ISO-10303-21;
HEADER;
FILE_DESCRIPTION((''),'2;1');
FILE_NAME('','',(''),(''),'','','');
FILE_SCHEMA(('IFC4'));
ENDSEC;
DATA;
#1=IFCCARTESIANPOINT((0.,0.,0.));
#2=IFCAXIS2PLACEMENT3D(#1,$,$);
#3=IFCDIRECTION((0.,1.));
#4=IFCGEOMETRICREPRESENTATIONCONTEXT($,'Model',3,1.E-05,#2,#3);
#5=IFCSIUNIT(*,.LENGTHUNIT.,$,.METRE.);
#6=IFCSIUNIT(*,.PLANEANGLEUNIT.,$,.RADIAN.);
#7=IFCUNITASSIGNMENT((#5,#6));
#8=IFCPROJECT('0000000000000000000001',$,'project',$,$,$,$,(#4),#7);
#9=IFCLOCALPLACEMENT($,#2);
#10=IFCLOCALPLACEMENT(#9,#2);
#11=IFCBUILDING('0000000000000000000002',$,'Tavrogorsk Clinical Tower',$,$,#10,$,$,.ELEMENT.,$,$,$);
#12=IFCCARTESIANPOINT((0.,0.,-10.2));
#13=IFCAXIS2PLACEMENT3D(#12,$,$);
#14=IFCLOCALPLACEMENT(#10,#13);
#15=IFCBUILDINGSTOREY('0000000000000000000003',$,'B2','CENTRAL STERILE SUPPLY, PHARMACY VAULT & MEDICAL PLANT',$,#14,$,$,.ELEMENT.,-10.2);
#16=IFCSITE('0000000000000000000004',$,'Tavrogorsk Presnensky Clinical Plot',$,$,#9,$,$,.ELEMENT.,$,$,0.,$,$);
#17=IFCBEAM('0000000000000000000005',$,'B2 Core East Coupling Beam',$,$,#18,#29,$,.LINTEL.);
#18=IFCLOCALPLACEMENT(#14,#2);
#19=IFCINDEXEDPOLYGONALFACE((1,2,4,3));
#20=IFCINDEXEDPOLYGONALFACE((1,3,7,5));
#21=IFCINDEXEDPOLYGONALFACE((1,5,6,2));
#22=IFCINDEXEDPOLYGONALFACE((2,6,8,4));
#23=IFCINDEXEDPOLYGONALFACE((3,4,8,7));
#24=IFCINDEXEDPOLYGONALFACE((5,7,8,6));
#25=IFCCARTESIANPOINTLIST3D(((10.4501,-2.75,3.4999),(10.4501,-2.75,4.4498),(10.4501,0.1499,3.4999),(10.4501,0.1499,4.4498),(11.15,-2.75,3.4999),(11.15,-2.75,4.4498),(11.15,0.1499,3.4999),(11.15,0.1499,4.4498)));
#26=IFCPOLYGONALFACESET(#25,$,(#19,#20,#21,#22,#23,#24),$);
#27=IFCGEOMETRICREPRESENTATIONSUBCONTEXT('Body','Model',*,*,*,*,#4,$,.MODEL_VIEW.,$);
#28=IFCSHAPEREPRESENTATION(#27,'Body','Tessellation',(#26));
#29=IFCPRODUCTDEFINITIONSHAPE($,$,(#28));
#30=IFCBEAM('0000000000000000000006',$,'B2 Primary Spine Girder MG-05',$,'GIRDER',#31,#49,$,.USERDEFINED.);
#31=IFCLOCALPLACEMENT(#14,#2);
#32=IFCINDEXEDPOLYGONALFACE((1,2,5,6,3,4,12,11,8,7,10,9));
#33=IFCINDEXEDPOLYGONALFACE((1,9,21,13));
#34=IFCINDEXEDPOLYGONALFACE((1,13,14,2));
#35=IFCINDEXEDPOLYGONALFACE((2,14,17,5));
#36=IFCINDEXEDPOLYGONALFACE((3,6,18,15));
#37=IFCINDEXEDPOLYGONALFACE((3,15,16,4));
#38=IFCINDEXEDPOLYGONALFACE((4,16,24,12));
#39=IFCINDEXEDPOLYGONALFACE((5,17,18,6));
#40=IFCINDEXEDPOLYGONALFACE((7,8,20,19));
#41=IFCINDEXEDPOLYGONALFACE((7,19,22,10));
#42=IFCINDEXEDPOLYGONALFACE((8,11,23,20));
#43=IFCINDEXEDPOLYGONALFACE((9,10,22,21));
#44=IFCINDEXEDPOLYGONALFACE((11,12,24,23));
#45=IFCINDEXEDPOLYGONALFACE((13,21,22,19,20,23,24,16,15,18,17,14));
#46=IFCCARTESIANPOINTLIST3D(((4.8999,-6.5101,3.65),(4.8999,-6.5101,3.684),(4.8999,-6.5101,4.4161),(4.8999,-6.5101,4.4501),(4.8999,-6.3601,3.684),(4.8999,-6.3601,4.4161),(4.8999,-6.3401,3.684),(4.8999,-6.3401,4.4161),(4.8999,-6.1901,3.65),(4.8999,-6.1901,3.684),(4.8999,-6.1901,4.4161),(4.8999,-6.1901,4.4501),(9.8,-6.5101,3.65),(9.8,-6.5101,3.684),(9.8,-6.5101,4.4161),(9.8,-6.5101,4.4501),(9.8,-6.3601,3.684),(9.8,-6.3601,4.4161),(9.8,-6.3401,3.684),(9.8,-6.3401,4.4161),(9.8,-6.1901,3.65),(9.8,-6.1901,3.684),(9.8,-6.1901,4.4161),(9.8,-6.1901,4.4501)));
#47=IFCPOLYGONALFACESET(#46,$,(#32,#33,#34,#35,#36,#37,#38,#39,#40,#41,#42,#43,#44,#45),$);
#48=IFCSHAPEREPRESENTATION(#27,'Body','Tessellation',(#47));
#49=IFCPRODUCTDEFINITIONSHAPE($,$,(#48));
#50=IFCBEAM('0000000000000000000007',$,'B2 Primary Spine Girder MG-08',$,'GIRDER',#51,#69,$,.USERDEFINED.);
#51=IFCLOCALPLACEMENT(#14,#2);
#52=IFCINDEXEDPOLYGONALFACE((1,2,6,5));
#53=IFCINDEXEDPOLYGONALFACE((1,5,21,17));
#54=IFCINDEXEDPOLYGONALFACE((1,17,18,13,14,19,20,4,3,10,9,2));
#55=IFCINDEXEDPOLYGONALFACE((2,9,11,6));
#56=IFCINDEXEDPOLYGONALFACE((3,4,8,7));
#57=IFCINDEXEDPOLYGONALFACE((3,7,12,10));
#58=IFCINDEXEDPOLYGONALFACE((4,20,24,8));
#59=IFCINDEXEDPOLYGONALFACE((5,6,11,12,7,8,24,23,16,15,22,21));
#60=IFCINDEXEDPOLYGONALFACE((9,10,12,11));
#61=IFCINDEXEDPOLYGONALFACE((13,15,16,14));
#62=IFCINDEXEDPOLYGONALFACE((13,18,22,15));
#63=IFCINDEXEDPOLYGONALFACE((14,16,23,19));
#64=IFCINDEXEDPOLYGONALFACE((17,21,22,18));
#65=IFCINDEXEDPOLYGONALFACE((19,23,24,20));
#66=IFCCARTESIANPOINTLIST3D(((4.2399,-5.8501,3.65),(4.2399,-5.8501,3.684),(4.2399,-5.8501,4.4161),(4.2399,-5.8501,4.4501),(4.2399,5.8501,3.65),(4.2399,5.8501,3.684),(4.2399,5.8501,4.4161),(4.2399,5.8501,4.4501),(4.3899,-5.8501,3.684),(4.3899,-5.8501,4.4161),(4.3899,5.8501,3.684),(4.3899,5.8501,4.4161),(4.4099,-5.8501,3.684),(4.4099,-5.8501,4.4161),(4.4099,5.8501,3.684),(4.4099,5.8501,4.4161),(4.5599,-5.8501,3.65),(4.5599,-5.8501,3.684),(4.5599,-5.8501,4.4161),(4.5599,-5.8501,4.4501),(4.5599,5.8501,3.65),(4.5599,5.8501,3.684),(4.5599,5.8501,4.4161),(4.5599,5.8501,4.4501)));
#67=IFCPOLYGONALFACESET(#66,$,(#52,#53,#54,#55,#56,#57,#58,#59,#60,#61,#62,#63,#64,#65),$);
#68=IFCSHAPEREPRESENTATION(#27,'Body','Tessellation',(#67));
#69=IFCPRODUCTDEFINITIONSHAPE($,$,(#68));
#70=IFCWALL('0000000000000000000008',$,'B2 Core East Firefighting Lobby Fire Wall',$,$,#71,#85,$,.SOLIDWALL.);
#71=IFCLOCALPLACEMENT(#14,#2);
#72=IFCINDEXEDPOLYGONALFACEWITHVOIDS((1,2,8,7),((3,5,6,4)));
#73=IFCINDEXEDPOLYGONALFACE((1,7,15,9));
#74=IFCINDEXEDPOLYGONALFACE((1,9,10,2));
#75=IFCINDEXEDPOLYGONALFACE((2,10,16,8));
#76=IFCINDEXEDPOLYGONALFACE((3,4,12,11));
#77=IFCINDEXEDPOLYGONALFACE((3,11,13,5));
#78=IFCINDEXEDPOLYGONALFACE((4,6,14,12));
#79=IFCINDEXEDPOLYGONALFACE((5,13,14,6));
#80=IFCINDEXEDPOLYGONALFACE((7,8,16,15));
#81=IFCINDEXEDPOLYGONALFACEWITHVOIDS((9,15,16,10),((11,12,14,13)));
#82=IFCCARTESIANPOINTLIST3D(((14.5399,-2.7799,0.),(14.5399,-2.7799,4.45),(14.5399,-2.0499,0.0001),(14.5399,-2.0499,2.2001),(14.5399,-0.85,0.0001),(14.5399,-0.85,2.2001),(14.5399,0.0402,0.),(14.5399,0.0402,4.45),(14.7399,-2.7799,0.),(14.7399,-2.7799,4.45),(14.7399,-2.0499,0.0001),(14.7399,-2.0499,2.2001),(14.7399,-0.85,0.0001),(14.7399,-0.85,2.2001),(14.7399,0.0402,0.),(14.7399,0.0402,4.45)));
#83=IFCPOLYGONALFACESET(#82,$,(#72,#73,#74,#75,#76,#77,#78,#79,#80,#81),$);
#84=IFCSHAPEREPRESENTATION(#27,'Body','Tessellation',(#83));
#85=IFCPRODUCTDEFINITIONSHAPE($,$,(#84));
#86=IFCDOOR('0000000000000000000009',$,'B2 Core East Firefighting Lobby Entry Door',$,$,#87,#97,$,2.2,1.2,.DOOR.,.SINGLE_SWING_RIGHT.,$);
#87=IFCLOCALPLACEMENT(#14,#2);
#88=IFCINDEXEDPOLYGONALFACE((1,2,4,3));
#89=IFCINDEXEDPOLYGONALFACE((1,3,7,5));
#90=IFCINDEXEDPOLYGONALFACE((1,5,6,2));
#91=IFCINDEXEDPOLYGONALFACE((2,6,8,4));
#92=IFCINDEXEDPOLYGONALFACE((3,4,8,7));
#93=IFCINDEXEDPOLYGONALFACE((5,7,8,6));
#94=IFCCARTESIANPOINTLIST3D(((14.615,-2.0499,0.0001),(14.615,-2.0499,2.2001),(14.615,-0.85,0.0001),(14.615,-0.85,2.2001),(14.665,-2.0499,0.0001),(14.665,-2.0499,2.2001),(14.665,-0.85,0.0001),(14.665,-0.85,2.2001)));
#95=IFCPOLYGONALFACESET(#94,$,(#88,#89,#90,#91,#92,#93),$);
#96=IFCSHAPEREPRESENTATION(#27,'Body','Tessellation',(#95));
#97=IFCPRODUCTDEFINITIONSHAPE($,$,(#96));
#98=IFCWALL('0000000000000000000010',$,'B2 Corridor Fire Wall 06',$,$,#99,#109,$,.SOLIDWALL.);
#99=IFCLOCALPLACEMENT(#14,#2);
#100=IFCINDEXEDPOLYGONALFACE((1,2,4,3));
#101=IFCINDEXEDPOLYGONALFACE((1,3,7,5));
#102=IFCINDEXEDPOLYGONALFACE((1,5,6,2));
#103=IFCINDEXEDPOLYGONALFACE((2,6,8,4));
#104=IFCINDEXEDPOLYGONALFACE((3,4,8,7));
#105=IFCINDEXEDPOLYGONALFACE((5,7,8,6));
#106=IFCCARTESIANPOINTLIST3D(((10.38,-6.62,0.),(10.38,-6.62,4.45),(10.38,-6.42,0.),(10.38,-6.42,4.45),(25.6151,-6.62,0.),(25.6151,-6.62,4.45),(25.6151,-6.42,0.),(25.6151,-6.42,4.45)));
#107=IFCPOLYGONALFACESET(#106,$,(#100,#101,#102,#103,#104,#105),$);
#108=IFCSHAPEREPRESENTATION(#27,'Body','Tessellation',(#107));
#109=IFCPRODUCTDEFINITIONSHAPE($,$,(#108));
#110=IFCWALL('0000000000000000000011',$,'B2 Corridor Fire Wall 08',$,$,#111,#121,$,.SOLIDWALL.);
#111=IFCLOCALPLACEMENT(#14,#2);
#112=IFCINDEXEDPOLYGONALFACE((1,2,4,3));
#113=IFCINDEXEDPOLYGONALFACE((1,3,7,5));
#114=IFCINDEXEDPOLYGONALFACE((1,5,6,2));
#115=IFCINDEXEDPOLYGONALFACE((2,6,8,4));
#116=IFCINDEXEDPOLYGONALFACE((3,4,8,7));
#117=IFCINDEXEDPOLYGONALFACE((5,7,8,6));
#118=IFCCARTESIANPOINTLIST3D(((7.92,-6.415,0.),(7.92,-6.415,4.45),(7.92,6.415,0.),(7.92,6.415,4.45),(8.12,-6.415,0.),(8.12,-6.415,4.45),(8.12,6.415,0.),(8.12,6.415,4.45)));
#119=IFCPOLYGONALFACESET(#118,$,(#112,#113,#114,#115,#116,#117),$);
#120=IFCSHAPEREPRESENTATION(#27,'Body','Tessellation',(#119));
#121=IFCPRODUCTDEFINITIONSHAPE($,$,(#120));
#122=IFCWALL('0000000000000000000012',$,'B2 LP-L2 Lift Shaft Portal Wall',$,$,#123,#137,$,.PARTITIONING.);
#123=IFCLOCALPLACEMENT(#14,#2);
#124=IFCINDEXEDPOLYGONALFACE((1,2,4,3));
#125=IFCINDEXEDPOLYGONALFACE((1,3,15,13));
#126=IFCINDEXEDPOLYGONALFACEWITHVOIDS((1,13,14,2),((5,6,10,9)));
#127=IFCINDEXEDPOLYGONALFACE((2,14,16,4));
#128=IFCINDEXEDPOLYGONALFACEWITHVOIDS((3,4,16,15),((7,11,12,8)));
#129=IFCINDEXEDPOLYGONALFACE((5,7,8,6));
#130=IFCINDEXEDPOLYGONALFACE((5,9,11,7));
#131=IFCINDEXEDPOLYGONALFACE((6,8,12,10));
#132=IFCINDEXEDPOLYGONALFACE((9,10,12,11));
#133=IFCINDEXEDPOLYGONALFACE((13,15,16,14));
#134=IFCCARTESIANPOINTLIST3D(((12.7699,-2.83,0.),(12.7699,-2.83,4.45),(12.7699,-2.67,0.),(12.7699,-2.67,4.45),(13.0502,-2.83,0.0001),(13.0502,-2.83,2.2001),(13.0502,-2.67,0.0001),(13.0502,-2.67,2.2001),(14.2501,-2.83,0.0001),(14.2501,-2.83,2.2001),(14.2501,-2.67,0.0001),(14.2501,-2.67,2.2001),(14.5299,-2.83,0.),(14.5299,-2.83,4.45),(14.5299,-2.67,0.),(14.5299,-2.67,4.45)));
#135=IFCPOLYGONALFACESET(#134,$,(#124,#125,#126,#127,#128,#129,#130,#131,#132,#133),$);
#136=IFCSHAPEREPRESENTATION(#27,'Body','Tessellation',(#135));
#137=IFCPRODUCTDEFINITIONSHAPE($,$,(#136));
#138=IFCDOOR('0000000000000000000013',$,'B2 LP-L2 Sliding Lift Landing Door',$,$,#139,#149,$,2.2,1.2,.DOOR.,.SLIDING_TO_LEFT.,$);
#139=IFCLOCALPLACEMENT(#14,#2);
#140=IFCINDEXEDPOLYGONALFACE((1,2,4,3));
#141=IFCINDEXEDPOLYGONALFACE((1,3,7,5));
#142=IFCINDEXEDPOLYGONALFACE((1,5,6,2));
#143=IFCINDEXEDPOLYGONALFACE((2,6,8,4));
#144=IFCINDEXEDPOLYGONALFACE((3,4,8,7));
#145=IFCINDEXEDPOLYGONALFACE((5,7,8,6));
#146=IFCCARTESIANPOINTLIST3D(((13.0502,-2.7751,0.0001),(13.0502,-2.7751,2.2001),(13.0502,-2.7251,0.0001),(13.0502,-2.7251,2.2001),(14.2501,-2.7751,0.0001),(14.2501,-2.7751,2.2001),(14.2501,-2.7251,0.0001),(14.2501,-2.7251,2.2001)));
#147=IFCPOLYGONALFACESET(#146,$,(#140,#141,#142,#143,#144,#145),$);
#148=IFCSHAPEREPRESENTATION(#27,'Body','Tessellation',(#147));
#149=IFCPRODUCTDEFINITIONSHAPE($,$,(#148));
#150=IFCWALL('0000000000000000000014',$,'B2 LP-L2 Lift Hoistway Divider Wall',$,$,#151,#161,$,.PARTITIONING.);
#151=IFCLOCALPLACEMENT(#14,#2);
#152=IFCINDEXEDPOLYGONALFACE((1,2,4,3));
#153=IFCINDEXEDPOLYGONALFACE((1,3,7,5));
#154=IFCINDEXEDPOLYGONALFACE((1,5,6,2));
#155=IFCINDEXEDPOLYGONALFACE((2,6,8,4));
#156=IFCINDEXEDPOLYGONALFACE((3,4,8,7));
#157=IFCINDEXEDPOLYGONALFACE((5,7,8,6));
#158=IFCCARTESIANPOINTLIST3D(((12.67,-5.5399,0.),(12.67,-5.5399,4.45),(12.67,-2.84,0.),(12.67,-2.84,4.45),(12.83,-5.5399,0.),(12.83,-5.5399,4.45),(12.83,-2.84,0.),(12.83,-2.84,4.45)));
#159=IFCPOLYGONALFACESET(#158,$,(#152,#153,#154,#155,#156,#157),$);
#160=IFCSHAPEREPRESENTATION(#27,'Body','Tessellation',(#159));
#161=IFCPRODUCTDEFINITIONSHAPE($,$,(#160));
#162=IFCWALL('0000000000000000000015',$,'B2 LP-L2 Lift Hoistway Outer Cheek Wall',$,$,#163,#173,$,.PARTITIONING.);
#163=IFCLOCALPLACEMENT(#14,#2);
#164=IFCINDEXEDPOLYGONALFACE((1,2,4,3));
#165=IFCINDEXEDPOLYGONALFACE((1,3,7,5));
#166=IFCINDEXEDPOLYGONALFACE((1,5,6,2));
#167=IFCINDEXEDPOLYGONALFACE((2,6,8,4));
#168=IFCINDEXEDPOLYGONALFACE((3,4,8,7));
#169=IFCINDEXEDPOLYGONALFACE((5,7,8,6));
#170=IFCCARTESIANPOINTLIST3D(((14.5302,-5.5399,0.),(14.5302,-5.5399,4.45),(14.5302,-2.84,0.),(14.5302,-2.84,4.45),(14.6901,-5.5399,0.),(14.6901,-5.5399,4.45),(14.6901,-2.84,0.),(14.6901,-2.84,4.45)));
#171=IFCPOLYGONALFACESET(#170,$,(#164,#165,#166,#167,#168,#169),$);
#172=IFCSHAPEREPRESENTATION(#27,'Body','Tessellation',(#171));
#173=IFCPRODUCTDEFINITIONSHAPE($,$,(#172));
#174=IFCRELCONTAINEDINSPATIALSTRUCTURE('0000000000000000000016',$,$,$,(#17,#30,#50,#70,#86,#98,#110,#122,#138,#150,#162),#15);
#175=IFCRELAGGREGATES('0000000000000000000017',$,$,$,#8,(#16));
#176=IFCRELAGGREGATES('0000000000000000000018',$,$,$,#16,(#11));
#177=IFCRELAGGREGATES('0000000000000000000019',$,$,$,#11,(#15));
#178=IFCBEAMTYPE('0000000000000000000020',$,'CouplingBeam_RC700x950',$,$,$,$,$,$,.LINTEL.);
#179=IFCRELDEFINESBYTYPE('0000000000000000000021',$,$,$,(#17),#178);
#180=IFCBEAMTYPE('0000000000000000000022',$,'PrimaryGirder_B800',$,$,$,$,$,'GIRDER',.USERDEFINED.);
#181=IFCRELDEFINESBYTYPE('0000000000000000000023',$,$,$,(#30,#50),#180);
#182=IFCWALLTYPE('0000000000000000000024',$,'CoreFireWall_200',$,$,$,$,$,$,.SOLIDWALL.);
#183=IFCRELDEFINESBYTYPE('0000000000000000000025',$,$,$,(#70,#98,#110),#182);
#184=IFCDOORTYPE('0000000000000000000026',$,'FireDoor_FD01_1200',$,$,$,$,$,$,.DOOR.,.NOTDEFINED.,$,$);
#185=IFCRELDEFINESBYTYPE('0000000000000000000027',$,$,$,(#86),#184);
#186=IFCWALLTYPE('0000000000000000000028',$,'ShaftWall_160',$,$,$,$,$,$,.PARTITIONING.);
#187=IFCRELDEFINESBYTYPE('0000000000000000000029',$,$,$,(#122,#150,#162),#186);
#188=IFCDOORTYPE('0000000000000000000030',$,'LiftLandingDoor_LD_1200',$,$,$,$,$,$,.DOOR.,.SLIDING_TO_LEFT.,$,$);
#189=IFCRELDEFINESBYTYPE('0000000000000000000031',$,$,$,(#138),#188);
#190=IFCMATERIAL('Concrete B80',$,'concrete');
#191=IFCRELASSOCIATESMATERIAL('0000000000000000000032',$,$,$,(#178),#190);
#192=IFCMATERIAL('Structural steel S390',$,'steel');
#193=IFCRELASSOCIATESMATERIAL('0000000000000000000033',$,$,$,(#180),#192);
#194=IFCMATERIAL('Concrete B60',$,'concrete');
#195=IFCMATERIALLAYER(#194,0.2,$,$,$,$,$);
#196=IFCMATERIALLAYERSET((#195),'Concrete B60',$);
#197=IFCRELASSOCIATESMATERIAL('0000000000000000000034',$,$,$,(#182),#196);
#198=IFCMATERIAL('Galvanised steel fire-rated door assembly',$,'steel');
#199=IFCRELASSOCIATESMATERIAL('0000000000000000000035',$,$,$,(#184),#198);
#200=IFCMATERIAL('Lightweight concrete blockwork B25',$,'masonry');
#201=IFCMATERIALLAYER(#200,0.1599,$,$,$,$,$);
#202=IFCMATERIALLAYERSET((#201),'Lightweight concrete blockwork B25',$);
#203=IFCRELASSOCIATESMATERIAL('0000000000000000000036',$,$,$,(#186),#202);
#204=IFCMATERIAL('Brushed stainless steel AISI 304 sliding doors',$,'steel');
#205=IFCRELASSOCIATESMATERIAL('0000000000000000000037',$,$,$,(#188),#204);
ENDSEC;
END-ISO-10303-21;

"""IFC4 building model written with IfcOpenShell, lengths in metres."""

from ifc_helpers import new_model, si_unit, direction, frame, frame_2d, origin, origin_2d, place, context, subcontext, project, spatial, rectangle, i_section, extrude, material, layer, layer_set, material_profile, profile_set, type_object, element, fill, save


model = new_model("IFC4")

# Units and contexts
model_context = context("Model", 3, precision=1e-05, world=origin(), true_north=direction((0.0, 1.0)))
body_context = subcontext(model_context, "Body", "Model", "MODEL_VIEW")
ifc_project = project(units=[si_unit("LENGTHUNIT", "METRE"), si_unit("PLANEANGLEUNIT", "RADIAN")], contexts=[model_context])

# Site, building, storey
site_placement = place(None, origin())
site = spatial("IfcSite", under=ifc_project, at=site_placement, Name="Tavrogorsk Presnensky Clinical Plot", CompositionType="ELEMENT", RefElevation=0.0)
building_placement = place(site_placement, origin())
building = spatial("IfcBuilding", under=site, at=building_placement, Name="Tavrogorsk Clinical Tower", CompositionType="ELEMENT")
storey_placement = place(building_placement, frame((0.0, 0.0, -10.2)))
storey = spatial("IfcBuildingStorey", under=building, at=storey_placement, Name="B2", Description="CENTRAL STERILE SUPPLY, PHARMACY VAULT & MEDICAL PLANT", CompositionType="ELEMENT", Elevation=-10.2)

# Beams
ifc_material_1 = material(Name="Concrete B80", Category="concrete")
ifc_material_profile_1 = material_profile(ifc_material_1, rectangle(XDim=0.7, YDim=0.95, at=origin_2d()), Name="RC-CB-700x950")
ifc_profile_set_1 = profile_set([ifc_material_profile_1], Name="Concrete B80")
beam_type_1 = type_object("IfcBeamType", Name="CouplingBeam_RC700x950", PredefinedType="LINTEL", material=ifc_profile_set_1)
beam_1_placement = place(storey_placement, frame((10.8, -2.75, 3.9749), z_axis=(0.0, 1.0, 0.0), x_axis=(-1.0, 0.0, 0.0)))
element("IfcBeam", 1, at=beam_1_placement, inside=storey, type_object=beam_type_1, Name="B2 Core East Coupling Beam", PredefinedType="LINTEL", context=body_context, shape_type="SweptSolid", body=[
    extrude(rectangle(XDim=0.7, YDim=0.95, at=origin_2d()), origin(), (0.0, 0.0, 1.0), 2.8999),
])
ifc_material_2 = material(Name="Structural steel S390", Category="steel")
ifc_material_profile_2 = material_profile(ifc_material_2, i_section(OverallWidth=0.3201, OverallDepth=0.8, WebThickness=0.02, FlangeThickness=0.0339, at=origin_2d()), Name="B-800x320x20x34")
ifc_profile_set_2 = profile_set([ifc_material_profile_2], Name="Structural steel S390")
beam_type_2 = type_object("IfcBeamType", Name="PrimaryGirder_B800", ElementType="GIRDER", PredefinedType="USERDEFINED", material=ifc_profile_set_2)
beam_2_placement = place(storey_placement, frame((4.8999, -6.3501, 4.05), z_axis=(1.0, 0.0, 0.0), x_axis=(0.0, 1.0, 0.0)))
element("IfcBeam", 2, at=beam_2_placement, inside=storey, type_object=beam_type_2, Name="B2 Primary Spine Girder MG-05", ObjectType="GIRDER", PredefinedType="USERDEFINED", context=body_context, shape_type="SweptSolid", body=[
    extrude(i_section(OverallWidth=0.3201, OverallDepth=0.8, WebThickness=0.02, FlangeThickness=0.0339, at=origin_2d()), origin(), (0.0, 0.0, 1.0), 4.9001),
])
beam_3_placement = place(storey_placement, frame((4.3999, -5.8501, 4.05), z_axis=(0.0, 1.0, 0.0), x_axis=(-1.0, 0.0, 0.0)))
element("IfcBeam", 3, at=beam_3_placement, inside=storey, type_object=beam_type_2, Name="B2 Primary Spine Girder MG-08", ObjectType="GIRDER", PredefinedType="USERDEFINED", context=body_context, shape_type="SweptSolid", body=[
    extrude(i_section(OverallWidth=0.3201, OverallDepth=0.8, WebThickness=0.02, FlangeThickness=0.0339, at=origin_2d()), origin(), (0.0, 0.0, 1.0), 11.7002),
])

# Wall, opening, door
ifc_material_3 = material(Name="Concrete B60", Category="concrete")
ifc_layer_1 = layer(ifc_material_3, 0.2)
ifc_layer_set_1 = layer_set([ifc_layer_1], Name="Concrete B60")
wall_type_1 = type_object("IfcWallType", Name="CoreFireWall_200", PredefinedType="SOLIDWALL", material=ifc_layer_set_1)
wall_1_placement = place(storey_placement, frame((14.6399, -2.78, 0.0), z_axis=(0.0, 0.0, 1.0), x_axis=(0.0, 1.0, 0.0)))
wall_1 = element("IfcWall", 4, at=wall_1_placement, inside=storey, type_object=wall_type_1, Name="B2 Core East Firefighting Lobby Fire Wall", PredefinedType="SOLIDWALL", context=body_context, shape_type="SweptSolid", body=[
    extrude(rectangle(XDim=2.8201, YDim=0.2, at=frame_2d((1.4102, 0.0))), origin(), (0.0, 0.0, 1.0), 4.45),
])
opening_1_placement = place(wall_1_placement, frame((0.73, 0.0, 0.0)))
opening_1 = element("IfcOpeningElement", 5, at=opening_1_placement, cuts=wall_1, PredefinedType="OPENING", context=body_context, shape_type="SweptSolid", body=[
    extrude(rectangle(XDim=1.2, YDim=2.2, at=frame_2d((0.6001, 1.1001))), frame((0.0, 0.1099, 0.0), z_axis=(0.0, -1.0, 0.0), x_axis=(1.0, 0.0, 0.0)), (0.0, 0.0, 1.0), 0.22),
])
ifc_material_4 = material(Name="Galvanised steel fire-rated door assembly", Category="steel")
door_type_1 = type_object("IfcDoorType", Name="FireDoor_FD01_1200", OperationType="NOTDEFINED", PredefinedType="DOOR", material=ifc_material_4)
door_1_placement = place(opening_1_placement, origin())
door_1 = element("IfcDoor", 6, at=door_1_placement, inside=storey, type_object=door_type_1, Name="B2 Core East Firefighting Lobby Entry Door", OperationType="SINGLE_SWING_RIGHT", OverallHeight=2.2, OverallWidth=1.2, PredefinedType="DOOR", context=body_context, shape_type="SweptSolid", body=[
    extrude(rectangle(XDim=1.2, YDim=2.2, at=frame_2d((0.6001, 1.1001))), frame((0.0, 0.0249, 0.0), z_axis=(0.0, -1.0, 0.0), x_axis=(1.0, 0.0, 0.0)), (0.0, 0.0, 1.0), 0.05),
])
fill(opening_1, door_1)

# Walls
wall_2_placement = place(storey_placement, frame((10.3799, -6.52, 0.0), z_axis=(0.0, 0.0, 1.0), x_axis=(1.0, 0.0, 0.0)))
element("IfcWall", 7, at=wall_2_placement, inside=storey, type_object=wall_type_1, Name="B2 Corridor Fire Wall 06", PredefinedType="SOLIDWALL", context=body_context, shape_type="SweptSolid", body=[
    extrude(rectangle(XDim=15.2351, YDim=0.2, at=frame_2d((7.6177, 0.0))), origin(), (0.0, 0.0, 1.0), 4.45),
])
wall_3_placement = place(storey_placement, frame((8.02, -6.415, 0.0), z_axis=(0.0, 0.0, 1.0), x_axis=(0.0, 1.0, 0.0)))
element("IfcWall", 8, at=wall_3_placement, inside=storey, type_object=wall_type_1, Name="B2 Corridor Fire Wall 08", PredefinedType="SOLIDWALL", context=body_context, shape_type="SweptSolid", body=[
    extrude(rectangle(XDim=12.8301, YDim=0.2, at=frame_2d((6.415, 0.0))), origin(), (0.0, 0.0, 1.0), 4.45),
])

# Wall, opening, door
ifc_material_5 = material(Name="Lightweight concrete blockwork B25", Category="masonry")
ifc_layer_2 = layer(ifc_material_5, 0.1599)
ifc_layer_set_2 = layer_set([ifc_layer_2], Name="Lightweight concrete blockwork B25")
wall_type_2 = type_object("IfcWallType", Name="ShaftWall_160", PredefinedType="PARTITIONING", material=ifc_layer_set_2)
wall_4_placement = place(storey_placement, frame((12.77, -2.75, 0.0), z_axis=(0.0, 0.0, 1.0), x_axis=(1.0, 0.0, 0.0)))
wall_4 = element("IfcWall", 9, at=wall_4_placement, inside=storey, type_object=wall_type_2, Name="B2 LP-L2 Lift Shaft Portal Wall", PredefinedType="PARTITIONING", context=body_context, shape_type="SweptSolid", body=[
    extrude(rectangle(XDim=1.76, YDim=0.1599, at=frame_2d((0.8799, 0.0))), origin(), (0.0, 0.0, 1.0), 4.45),
])
opening_2_placement = place(wall_4_placement, frame((0.28, 0.0, 0.0)))
opening_2 = element("IfcOpeningElement", 10, at=opening_2_placement, cuts=wall_4, PredefinedType="OPENING", context=body_context, shape_type="SweptSolid", body=[
    extrude(rectangle(XDim=1.2, YDim=2.2, at=frame_2d((0.6001, 1.1001))), frame((0.0, 0.0898, 0.0), z_axis=(0.0, -1.0, 0.0), x_axis=(1.0, 0.0, 0.0)), (0.0, 0.0, 1.0), 0.1799),
])
ifc_material_6 = material(Name="Brushed stainless steel AISI 304 sliding doors", Category="steel")
door_type_2 = type_object("IfcDoorType", Name="LiftLandingDoor_LD_1200", OperationType="SLIDING_TO_LEFT", PredefinedType="DOOR", material=ifc_material_6)
door_2_placement = place(opening_2_placement, origin())
door_2 = element("IfcDoor", 11, at=door_2_placement, inside=storey, type_object=door_type_2, Name="B2 LP-L2 Sliding Lift Landing Door", OperationType="SLIDING_TO_LEFT", OverallHeight=2.2, OverallWidth=1.2, PredefinedType="DOOR", context=body_context, shape_type="SweptSolid", body=[
    extrude(rectangle(XDim=1.2, YDim=2.2, at=frame_2d((0.6001, 1.1001))), frame((0.0, 0.0249, 0.0), z_axis=(0.0, -1.0, 0.0), x_axis=(1.0, 0.0, 0.0)), (0.0, 0.0, 1.0), 0.05),
])
fill(opening_2, door_2)

# Walls
for number, where, z_axis, x_axis, name in (
    (12, (12.75, -5.54, 0.0), (0.0, 0.0, 1.0), (0.0, 1.0, 0.0), "B2 LP-L2 Lift Hoistway Divider Wall"),
    (13, (14.6101, -5.54, 0.0), (0.0, 0.0, 1.0), (0.0, 1.0, 0.0), "B2 LP-L2 Lift Hoistway Outer Cheek Wall"),
):
    element("IfcWall", number, at=place(storey_placement, frame(where, z_axis=z_axis, x_axis=x_axis)), inside=storey, type_object=wall_type_2, Name=name, PredefinedType="PARTITIONING", context=body_context, shape_type="SweptSolid", body=[
        extrude(rectangle(XDim=2.7, YDim=0.1599, at=frame_2d((1.3501, 0.0))), origin(), (0.0, 0.0, 1.0), 4.45),
    ])

save(model, "model.ifc")
